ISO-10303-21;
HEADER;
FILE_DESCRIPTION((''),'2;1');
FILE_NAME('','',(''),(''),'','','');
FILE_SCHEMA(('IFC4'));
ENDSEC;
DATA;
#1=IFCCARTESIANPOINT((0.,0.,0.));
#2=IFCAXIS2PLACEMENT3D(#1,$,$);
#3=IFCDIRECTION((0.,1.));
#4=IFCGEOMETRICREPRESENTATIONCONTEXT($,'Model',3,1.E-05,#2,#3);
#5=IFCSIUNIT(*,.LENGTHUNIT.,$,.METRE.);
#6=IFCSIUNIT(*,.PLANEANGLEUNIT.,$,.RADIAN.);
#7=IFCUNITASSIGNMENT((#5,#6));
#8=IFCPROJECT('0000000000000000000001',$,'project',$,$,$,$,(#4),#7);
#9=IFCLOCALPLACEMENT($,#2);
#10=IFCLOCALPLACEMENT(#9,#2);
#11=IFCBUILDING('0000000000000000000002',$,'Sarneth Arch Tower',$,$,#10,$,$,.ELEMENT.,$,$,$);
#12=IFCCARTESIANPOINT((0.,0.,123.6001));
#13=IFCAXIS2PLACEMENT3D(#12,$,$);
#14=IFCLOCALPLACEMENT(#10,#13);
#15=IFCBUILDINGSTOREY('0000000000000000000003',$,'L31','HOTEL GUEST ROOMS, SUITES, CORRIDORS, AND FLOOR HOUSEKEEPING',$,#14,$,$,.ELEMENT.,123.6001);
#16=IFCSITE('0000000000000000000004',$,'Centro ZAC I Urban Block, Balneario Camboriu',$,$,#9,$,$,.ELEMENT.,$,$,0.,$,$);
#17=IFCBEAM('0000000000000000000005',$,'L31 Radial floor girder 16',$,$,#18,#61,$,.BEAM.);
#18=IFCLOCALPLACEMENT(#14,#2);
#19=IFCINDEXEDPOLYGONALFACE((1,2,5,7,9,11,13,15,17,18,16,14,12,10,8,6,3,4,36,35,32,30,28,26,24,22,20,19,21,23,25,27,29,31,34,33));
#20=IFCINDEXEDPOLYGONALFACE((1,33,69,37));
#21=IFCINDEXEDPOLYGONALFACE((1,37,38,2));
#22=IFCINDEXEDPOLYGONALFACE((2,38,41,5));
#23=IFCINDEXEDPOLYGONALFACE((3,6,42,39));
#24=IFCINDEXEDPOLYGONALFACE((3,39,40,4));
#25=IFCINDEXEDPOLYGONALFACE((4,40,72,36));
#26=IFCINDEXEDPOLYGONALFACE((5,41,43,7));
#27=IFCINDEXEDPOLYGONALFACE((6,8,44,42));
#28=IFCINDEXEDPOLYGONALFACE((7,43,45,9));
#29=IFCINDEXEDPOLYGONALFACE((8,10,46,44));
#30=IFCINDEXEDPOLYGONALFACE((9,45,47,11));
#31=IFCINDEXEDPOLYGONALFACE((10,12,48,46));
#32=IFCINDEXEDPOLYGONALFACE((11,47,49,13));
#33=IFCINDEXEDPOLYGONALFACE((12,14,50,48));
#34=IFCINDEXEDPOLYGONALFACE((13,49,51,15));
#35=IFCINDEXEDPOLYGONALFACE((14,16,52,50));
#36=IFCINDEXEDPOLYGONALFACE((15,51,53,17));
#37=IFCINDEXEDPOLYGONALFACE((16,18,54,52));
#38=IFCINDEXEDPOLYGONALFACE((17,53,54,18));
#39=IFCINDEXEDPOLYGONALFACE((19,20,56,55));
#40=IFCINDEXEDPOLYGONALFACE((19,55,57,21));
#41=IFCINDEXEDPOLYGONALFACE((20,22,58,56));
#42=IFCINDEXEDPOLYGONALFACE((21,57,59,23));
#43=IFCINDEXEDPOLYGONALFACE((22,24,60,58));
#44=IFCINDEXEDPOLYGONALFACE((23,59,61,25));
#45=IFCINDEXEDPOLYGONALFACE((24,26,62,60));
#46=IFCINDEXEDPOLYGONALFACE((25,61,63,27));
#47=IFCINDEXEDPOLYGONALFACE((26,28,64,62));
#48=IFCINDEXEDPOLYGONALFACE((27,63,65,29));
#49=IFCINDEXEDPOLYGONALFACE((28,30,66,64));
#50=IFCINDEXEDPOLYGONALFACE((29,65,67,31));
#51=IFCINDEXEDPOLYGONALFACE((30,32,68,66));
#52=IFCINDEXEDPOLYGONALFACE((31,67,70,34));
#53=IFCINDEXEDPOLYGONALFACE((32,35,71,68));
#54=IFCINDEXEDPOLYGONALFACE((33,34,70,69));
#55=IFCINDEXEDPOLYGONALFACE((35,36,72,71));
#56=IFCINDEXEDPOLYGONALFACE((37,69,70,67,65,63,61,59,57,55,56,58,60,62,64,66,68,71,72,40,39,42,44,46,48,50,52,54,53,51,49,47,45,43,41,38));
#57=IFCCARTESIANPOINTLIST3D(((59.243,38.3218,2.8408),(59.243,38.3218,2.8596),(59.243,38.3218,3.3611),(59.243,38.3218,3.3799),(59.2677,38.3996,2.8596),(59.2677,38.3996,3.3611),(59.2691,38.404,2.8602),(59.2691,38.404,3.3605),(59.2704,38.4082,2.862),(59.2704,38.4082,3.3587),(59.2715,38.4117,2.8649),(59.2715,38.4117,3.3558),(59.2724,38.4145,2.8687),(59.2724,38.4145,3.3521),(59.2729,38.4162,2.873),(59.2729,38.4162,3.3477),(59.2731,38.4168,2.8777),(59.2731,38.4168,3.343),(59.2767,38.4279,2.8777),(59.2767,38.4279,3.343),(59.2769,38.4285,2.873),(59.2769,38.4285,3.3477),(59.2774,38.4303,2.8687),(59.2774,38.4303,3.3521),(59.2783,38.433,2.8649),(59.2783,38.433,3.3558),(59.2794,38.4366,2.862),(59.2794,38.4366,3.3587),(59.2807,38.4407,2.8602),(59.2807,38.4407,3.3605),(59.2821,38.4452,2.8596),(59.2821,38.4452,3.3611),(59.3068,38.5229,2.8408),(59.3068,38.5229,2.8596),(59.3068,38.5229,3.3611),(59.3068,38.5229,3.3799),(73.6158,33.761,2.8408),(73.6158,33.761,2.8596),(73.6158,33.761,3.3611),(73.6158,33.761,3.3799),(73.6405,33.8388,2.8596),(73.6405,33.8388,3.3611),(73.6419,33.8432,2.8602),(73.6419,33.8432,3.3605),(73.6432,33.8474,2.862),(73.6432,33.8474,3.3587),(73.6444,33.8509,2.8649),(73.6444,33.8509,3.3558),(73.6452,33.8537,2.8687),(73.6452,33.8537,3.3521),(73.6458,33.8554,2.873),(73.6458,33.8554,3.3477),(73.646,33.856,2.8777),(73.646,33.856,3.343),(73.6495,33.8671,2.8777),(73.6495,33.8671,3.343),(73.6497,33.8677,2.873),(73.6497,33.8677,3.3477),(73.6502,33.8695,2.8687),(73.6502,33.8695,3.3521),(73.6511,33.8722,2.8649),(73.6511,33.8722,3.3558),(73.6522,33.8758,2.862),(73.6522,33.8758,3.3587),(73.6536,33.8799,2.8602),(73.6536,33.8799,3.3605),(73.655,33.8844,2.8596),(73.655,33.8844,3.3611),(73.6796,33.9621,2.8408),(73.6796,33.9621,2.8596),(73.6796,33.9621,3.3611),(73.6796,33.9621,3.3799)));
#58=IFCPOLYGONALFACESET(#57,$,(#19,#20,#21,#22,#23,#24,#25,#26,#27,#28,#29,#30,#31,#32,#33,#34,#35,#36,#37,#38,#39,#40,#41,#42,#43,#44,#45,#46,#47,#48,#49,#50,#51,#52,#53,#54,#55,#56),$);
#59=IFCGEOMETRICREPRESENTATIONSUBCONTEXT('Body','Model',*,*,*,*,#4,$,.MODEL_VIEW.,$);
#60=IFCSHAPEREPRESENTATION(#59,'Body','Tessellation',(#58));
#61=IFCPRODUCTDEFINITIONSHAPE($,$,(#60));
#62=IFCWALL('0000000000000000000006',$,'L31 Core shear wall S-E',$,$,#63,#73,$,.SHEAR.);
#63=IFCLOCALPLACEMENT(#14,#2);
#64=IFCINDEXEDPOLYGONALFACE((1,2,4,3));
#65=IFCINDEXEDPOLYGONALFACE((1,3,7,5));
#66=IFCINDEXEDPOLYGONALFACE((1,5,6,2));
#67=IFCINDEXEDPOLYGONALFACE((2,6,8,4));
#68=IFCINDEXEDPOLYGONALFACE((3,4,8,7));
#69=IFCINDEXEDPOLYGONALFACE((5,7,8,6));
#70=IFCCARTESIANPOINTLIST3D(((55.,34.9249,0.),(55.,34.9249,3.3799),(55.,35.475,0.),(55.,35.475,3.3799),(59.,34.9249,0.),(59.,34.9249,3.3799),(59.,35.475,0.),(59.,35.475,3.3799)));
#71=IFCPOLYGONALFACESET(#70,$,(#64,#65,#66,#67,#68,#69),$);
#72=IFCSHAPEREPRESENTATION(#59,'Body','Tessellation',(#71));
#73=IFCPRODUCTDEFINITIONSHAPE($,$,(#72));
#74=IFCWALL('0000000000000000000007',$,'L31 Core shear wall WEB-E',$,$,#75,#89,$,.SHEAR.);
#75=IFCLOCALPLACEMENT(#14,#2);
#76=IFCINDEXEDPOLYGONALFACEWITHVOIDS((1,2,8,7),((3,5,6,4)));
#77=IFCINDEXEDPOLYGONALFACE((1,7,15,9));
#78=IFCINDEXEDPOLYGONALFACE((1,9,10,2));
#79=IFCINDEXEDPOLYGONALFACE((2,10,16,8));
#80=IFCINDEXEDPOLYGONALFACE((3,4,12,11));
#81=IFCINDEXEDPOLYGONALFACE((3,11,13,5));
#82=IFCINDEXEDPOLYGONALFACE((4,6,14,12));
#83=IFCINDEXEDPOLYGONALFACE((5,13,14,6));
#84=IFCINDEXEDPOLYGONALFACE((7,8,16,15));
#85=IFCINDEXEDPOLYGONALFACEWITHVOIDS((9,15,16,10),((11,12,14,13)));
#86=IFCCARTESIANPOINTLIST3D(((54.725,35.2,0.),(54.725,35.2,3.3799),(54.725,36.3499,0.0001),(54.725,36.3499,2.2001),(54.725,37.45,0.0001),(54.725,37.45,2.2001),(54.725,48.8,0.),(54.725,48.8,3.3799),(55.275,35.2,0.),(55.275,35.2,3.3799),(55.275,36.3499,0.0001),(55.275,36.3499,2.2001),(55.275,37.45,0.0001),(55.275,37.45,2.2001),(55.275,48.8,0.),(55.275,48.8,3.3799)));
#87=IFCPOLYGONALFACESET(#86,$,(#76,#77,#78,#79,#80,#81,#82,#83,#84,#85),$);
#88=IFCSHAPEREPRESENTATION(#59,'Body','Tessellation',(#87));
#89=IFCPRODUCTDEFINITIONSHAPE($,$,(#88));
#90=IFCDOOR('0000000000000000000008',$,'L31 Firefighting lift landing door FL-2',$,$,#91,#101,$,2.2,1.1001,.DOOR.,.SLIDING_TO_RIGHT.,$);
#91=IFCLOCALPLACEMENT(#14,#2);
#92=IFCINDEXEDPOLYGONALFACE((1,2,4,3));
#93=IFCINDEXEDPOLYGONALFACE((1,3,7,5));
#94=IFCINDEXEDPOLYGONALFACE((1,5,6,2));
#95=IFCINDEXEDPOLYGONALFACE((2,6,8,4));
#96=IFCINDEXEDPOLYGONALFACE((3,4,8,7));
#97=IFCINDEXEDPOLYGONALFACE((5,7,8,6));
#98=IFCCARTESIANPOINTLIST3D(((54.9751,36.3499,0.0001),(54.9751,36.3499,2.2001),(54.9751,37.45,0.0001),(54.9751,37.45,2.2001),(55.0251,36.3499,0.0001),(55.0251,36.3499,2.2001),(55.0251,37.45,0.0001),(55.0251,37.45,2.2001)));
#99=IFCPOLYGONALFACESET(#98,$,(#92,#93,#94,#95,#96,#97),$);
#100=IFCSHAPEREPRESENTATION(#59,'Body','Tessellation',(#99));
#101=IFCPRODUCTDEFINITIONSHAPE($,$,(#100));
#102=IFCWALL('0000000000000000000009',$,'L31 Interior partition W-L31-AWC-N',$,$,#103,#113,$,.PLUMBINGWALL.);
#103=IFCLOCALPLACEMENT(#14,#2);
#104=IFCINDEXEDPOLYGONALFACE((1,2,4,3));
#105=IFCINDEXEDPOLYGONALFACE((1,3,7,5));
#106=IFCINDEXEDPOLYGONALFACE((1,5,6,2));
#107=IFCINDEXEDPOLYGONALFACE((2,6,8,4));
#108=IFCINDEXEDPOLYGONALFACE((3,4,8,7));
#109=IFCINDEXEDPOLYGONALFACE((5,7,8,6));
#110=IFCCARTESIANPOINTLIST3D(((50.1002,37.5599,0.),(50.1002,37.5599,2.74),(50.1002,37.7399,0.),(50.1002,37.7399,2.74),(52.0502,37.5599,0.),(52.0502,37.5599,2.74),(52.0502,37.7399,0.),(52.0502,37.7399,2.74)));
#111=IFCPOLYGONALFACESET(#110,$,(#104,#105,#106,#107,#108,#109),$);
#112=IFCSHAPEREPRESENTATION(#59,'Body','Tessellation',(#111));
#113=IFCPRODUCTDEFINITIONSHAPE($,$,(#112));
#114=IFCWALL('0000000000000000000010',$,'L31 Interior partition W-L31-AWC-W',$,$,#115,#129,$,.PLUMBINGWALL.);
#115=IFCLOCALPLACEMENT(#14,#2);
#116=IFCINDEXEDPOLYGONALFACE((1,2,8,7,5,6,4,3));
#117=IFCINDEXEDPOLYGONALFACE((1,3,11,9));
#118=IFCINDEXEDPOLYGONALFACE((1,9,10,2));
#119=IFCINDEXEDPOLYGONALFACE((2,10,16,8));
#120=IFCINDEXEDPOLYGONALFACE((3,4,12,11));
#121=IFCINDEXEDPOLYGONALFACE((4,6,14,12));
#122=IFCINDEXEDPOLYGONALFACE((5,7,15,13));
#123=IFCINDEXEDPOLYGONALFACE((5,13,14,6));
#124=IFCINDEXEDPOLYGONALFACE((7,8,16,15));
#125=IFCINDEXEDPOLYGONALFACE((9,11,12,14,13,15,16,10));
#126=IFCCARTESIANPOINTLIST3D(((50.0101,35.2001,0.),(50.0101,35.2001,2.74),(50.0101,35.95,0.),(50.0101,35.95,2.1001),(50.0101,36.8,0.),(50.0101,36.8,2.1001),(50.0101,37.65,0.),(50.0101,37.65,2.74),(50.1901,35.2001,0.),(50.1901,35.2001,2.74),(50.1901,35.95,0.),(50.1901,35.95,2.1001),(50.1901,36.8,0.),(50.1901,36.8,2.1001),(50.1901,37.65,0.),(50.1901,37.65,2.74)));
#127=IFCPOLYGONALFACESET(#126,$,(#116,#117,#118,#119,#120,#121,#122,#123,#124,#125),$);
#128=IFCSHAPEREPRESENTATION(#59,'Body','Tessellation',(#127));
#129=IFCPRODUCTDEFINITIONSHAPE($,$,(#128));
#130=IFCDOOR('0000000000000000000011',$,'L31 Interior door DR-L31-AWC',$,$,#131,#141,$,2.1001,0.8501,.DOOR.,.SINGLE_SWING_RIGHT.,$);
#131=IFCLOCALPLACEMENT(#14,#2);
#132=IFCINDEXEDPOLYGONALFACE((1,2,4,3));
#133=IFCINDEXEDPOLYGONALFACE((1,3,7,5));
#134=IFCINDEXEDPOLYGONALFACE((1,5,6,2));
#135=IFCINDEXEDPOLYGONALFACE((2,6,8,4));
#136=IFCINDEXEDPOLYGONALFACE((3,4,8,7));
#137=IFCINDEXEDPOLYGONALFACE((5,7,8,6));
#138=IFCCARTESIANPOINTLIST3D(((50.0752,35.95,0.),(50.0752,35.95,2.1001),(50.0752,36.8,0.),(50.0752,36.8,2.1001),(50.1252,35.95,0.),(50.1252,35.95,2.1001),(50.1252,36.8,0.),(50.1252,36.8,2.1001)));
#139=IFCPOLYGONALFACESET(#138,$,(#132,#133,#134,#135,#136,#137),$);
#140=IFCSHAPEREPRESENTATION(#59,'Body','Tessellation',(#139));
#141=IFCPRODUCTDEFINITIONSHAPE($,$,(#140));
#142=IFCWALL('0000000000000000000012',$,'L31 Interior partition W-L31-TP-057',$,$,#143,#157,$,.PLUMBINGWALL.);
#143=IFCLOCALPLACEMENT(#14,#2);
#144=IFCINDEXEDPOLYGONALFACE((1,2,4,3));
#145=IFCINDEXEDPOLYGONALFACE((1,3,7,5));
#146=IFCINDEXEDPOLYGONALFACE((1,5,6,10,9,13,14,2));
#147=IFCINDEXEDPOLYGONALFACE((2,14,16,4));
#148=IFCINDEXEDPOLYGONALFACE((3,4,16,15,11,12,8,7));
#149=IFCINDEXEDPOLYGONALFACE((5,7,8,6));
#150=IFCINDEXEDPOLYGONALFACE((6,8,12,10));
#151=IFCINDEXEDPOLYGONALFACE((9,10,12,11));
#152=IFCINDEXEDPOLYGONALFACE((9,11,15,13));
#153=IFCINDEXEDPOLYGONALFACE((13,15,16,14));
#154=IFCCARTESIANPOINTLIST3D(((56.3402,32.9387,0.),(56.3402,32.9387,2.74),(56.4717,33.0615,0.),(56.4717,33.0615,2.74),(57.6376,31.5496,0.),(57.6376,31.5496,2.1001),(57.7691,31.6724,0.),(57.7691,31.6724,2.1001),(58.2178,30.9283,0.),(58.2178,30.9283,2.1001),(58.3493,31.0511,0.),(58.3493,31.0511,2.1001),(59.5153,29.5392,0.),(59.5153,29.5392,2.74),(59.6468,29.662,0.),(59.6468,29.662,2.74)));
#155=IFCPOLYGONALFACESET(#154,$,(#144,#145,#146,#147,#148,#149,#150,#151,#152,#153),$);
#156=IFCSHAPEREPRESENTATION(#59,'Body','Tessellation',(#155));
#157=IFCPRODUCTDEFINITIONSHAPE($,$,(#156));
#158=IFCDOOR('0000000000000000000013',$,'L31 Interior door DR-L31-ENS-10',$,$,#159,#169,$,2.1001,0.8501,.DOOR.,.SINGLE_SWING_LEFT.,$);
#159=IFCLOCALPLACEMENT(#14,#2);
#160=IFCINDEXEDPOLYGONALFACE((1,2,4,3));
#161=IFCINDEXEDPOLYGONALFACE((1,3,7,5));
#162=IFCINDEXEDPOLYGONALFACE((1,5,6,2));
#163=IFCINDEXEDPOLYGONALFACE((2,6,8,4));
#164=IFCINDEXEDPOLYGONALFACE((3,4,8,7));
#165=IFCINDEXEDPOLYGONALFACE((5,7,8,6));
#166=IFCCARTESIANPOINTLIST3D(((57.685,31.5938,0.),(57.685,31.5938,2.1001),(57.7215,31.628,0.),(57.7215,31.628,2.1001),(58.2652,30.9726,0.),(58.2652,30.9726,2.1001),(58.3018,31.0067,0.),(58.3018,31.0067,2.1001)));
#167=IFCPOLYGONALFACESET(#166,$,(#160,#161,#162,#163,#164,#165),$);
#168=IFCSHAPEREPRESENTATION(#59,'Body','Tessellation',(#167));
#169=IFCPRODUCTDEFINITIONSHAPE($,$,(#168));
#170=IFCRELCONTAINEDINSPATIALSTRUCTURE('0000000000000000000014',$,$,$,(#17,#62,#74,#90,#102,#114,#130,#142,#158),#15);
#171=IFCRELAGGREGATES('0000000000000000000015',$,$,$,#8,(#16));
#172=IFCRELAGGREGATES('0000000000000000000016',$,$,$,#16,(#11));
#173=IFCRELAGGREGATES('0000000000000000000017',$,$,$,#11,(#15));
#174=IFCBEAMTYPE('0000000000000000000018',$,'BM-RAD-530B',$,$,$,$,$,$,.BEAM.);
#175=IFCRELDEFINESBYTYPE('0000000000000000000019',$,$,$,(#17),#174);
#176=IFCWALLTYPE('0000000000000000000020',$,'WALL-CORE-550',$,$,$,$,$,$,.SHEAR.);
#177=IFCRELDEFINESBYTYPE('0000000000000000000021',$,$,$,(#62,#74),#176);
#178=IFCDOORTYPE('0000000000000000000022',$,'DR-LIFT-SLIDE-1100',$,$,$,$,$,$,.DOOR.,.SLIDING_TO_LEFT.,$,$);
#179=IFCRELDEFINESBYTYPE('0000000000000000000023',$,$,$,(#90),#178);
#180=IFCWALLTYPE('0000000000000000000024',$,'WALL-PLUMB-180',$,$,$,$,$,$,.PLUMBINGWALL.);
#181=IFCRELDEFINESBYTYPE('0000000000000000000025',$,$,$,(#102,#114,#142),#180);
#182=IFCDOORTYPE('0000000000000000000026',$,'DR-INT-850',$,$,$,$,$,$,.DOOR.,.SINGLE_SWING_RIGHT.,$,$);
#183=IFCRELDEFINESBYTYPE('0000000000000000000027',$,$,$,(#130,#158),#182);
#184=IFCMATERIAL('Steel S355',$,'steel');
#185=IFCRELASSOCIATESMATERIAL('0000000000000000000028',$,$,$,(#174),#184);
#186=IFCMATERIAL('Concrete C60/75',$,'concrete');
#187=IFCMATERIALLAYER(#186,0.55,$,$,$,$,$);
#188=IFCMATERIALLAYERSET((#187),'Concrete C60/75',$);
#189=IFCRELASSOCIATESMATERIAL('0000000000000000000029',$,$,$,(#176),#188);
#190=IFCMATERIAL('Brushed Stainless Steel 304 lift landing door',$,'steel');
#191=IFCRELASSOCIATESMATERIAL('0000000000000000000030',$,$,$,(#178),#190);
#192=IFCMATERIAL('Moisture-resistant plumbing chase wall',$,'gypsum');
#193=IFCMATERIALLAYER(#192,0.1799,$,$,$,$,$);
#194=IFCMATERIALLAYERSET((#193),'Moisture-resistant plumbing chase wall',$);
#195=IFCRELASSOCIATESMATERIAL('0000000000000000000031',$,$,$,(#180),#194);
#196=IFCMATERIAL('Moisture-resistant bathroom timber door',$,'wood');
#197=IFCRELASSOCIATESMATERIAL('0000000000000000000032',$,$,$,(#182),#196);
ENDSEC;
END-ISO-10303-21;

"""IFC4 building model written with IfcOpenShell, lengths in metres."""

from ifc_helpers import new_model, si_unit, direction, frame, frame_2d, origin, origin_2d, place, context, subcontext, project, spatial, rectangle, i_section, extrude, material, layer, layer_set, material_profile, profile_set, type_object, element, fill, save


model = new_model("IFC4")

# Units and contexts
model_context = context("Model", 3, precision=1e-05, world=origin(), true_north=direction((0.0, 1.0)))
body_context = subcontext(model_context, "Body", "Model", "MODEL_VIEW")
ifc_project = project(units=[si_unit("LENGTHUNIT", "METRE"), si_unit("PLANEANGLEUNIT", "RADIAN")], contexts=[model_context])

# Site, building, storey
site_placement = place(None, origin())
site = spatial("IfcSite", under=ifc_project, at=site_placement, Name="Centro ZAC I Urban Block, Balneario Camboriu", CompositionType="ELEMENT", RefElevation=0.0)
building_placement = place(site_placement, origin())
building = spatial("IfcBuilding", under=site, at=building_placement, Name="Sarneth Arch Tower", CompositionType="ELEMENT")
storey_placement = place(building_placement, frame((0.0, 0.0, 123.6001)))
storey = spatial("IfcBuildingStorey", under=building, at=storey_placement, Name="L31", Description="HOTEL GUEST ROOMS, SUITES, CORRIDORS, AND FLOOR HOUSEKEEPING", CompositionType="ELEMENT", Elevation=123.6001)

# Beam
ifc_material_1 = material(Name="Steel S355", Category="steel")
ifc_material_profile_1 = material_profile(ifc_material_1, i_section(OverallWidth=0.2109, OverallDepth=0.5391, WebThickness=0.0117, FlangeThickness=0.0188, FilletRadius=0.0181, at=origin_2d()), Name="W530x109")
ifc_profile_set_1 = profile_set([ifc_material_profile_1], Name="Steel S355")
beam_type_1 = type_object("IfcBeamType", Name="BM-RAD-530B", PredefinedType="BEAM", material=ifc_profile_set_1)
beam_1_placement = place(storey_placement, frame((59.2749, 38.4224, 3.1104), z_axis=(0.953163, -0.302458, 0.0), x_axis=(0.302458, 0.953163, 0.0)))
element("IfcBeam", 1, at=beam_1_placement, inside=storey, type_object=beam_type_1, Name="L31 Radial floor girder 16", PredefinedType="BEAM", context=body_context, shape_type="SweptSolid", body=[
    extrude(i_section(OverallWidth=0.2109, OverallDepth=0.5391, WebThickness=0.0117, FlangeThickness=0.0188, FilletRadius=0.0181, at=origin_2d()), origin(), (0.0, 0.0, 1.0), 15.0791),
])

# Wall
ifc_material_2 = material(Name="Concrete C60/75", Category="concrete")
ifc_layer_1 = layer(ifc_material_2, 0.55)
ifc_layer_set_1 = layer_set([ifc_layer_1], Name="Concrete C60/75")
wall_type_1 = type_object("IfcWallType", Name="WALL-CORE-550", PredefinedType="SHEAR", material=ifc_layer_set_1)
wall_1_placement = place(storey_placement, frame((55.0, 35.2, 0.0), z_axis=(0.0, 0.0, 1.0), x_axis=(1.0, 0.0, 0.0)))
element("IfcWall", 2, at=wall_1_placement, inside=storey, type_object=wall_type_1, Name="L31 Core shear wall S-E", PredefinedType="SHEAR", context=body_context, shape_type="SweptSolid", body=[
    extrude(rectangle(XDim=4.0, YDim=0.55, at=frame_2d((2.0, 0.0))), origin(), (0.0, 0.0, 1.0), 3.3799),
])

# Wall, opening, door
wall_2_placement = place(storey_placement, frame((55.0, 35.2, 0.0), z_axis=(0.0, 0.0, 1.0), x_axis=(0.0, 1.0, 0.0)))
wall_2 = element("IfcWall", 3, at=wall_2_placement, inside=storey, type_object=wall_type_1, Name="L31 Core shear wall WEB-E", PredefinedType="SHEAR", context=body_context, shape_type="SweptSolid", body=[
    extrude(rectangle(XDim=13.6001, YDim=0.55, at=frame_2d((6.8, 0.0))), origin(), (0.0, 0.0, 1.0), 3.3799),
])
opening_1_placement = place(wall_2_placement, frame((1.1499, 0.0, 0.0)))
opening_1 = element("IfcOpeningElement", 4, at=opening_1_placement, cuts=wall_2, PredefinedType="OPENING", context=body_context, shape_type="SweptSolid", body=[
    extrude(rectangle(XDim=1.1001, YDim=2.2, at=frame_2d((0.55, 1.1001))), frame((0.0, 0.2849, 0.0), z_axis=(0.0, -1.0, 0.0), x_axis=(1.0, 0.0, 0.0)), (0.0, 0.0, 1.0), 0.5701),
])
ifc_material_3 = material(Name="Brushed Stainless Steel 304 lift landing door", Category="steel")
door_type_1 = type_object("IfcDoorType", Name="DR-LIFT-SLIDE-1100", OperationType="SLIDING_TO_LEFT", PredefinedType="DOOR", material=ifc_material_3)
door_1_placement = place(opening_1_placement, origin())
door_1 = element("IfcDoor", 5, at=door_1_placement, inside=storey, type_object=door_type_1, Name="L31 Firefighting lift landing door FL-2", OperationType="SLIDING_TO_RIGHT", OverallHeight=2.2, OverallWidth=1.1001, PredefinedType="DOOR", context=body_context, shape_type="SweptSolid", body=[
    extrude(rectangle(XDim=1.1001, YDim=2.2, at=frame_2d((0.55, 1.1001))), frame((0.0, 0.0249, 0.0), z_axis=(0.0, -1.0, 0.0), x_axis=(1.0, 0.0, 0.0)), (0.0, 0.0, 1.0), 0.05),
])
fill(opening_1, door_1)

# Wall
ifc_material_4 = material(Name="Moisture-resistant plumbing chase wall", Category="gypsum")
ifc_layer_2 = layer(ifc_material_4, 0.1799)
ifc_layer_set_2 = layer_set([ifc_layer_2], Name="Moisture-resistant plumbing chase wall")
wall_type_2 = type_object("IfcWallType", Name="WALL-PLUMB-180", PredefinedType="PLUMBINGWALL", material=ifc_layer_set_2)
wall_3_placement = place(storey_placement, frame((50.1001, 37.6499, 0.0), z_axis=(0.0, 0.0, 1.0), x_axis=(1.0, 0.0, 0.0)))
element("IfcWall", 6, at=wall_3_placement, inside=storey, type_object=wall_type_2, Name="L31 Interior partition W-L31-AWC-N", PredefinedType="PLUMBINGWALL", context=body_context, shape_type="SweptSolid", body=[
    extrude(rectangle(XDim=1.95, YDim=0.1799, at=frame_2d((0.9751, 0.0))), origin(), (0.0, 0.0, 1.0), 2.74),
])

# Walls, openings, doors
wall_4_placement = place(storey_placement, frame((50.1001, 35.2, 0.0), z_axis=(0.0, 0.0, 1.0), x_axis=(0.0, 1.0, 0.0)))
wall_4 = element("IfcWall", 7, at=wall_4_placement, inside=storey, type_object=wall_type_2, Name="L31 Interior partition W-L31-AWC-W", PredefinedType="PLUMBINGWALL", context=body_context, shape_type="SweptSolid", body=[
    extrude(rectangle(XDim=2.45, YDim=0.1799, at=frame_2d((1.2251, 0.0))), origin(), (0.0, 0.0, 1.0), 2.74),
])
opening_2_placement = place(wall_4_placement, frame((0.75, 0.0, 0.0)))
opening_2 = element("IfcOpeningElement", 8, at=opening_2_placement, cuts=wall_4, PredefinedType="OPENING", context=body_context, shape_type="SweptSolid", body=[
    extrude(rectangle(XDim=0.8501, YDim=2.1001, at=frame_2d((0.425, 1.05))), frame((0.0, 0.0999, 0.0), z_axis=(0.0, -1.0, 0.0), x_axis=(1.0, 0.0, 0.0)), (0.0, 0.0, 1.0), 0.2),
])
ifc_material_5 = material(Name="Moisture-resistant bathroom timber door", Category="wood")
door_type_2 = type_object("IfcDoorType", Name="DR-INT-850", OperationType="SINGLE_SWING_RIGHT", PredefinedType="DOOR", material=ifc_material_5)
door_2_placement = place(opening_2_placement, origin())
door_2 = element("IfcDoor", 9, at=door_2_placement, inside=storey, type_object=door_type_2, Name="L31 Interior door DR-L31-AWC", OperationType="SINGLE_SWING_RIGHT", OverallHeight=2.1001, OverallWidth=0.8501, PredefinedType="DOOR", context=body_context, shape_type="SweptSolid", body=[
    extrude(rectangle(XDim=0.8501, YDim=2.1001, at=frame_2d((0.425, 1.05))), frame((0.0, 0.0249, 0.0), z_axis=(0.0, -1.0, 0.0), x_axis=(1.0, 0.0, 0.0)), (0.0, 0.0, 1.0), 0.05),
])
fill(opening_2, door_2)
wall_5_placement = place(storey_placement, frame((56.406, 33.0, 0.0), z_axis=(0.0, 0.0, 1.0), x_axis=(0.682578, -0.730813, 0.0)))
wall_5 = element("IfcWall", 10, at=wall_5_placement, inside=storey, type_object=wall_type_2, Name="L31 Interior partition W-L31-TP-057", PredefinedType="PLUMBINGWALL", context=body_context, shape_type="SweptSolid", body=[
    extrude(rectangle(XDim=4.6516, YDim=0.1799, at=frame_2d((2.3257, 0.0))), origin(), (0.0, 0.0, 1.0), 2.74),
])
opening_3_placement = place(wall_5_placement, frame((1.9006, 0.0, 0.0)))
opening_3 = element("IfcOpeningElement", 11, at=opening_3_placement, cuts=wall_5, PredefinedType="OPENING", context=body_context, shape_type="SweptSolid", body=[
    extrude(rectangle(XDim=0.8501, YDim=2.1001, at=frame_2d((0.425, 1.05))), frame((0.0, 0.0999, 0.0), z_axis=(0.0, -1.0, 0.0), x_axis=(1.0, 0.0, 0.0)), (0.0, 0.0, 1.0), 0.2),
])
door_3_placement = place(opening_3_placement, origin())
door_3 = element("IfcDoor", 12, at=door_3_placement, inside=storey, type_object=door_type_2, Name="L31 Interior door DR-L31-ENS-10", OperationType="SINGLE_SWING_LEFT", OverallHeight=2.1001, OverallWidth=0.8501, PredefinedType="DOOR", context=body_context, shape_type="SweptSolid", body=[
    extrude(rectangle(XDim=0.8501, YDim=2.1001, at=frame_2d((0.425, 1.05))), frame((0.0, 0.0249, 0.0), z_axis=(0.0, -1.0, 0.0), x_axis=(1.0, 0.0, 0.0)), (0.0, 0.0, 1.0), 0.05),
])
fill(opening_3, door_3)

save(model, "model.ifc")
